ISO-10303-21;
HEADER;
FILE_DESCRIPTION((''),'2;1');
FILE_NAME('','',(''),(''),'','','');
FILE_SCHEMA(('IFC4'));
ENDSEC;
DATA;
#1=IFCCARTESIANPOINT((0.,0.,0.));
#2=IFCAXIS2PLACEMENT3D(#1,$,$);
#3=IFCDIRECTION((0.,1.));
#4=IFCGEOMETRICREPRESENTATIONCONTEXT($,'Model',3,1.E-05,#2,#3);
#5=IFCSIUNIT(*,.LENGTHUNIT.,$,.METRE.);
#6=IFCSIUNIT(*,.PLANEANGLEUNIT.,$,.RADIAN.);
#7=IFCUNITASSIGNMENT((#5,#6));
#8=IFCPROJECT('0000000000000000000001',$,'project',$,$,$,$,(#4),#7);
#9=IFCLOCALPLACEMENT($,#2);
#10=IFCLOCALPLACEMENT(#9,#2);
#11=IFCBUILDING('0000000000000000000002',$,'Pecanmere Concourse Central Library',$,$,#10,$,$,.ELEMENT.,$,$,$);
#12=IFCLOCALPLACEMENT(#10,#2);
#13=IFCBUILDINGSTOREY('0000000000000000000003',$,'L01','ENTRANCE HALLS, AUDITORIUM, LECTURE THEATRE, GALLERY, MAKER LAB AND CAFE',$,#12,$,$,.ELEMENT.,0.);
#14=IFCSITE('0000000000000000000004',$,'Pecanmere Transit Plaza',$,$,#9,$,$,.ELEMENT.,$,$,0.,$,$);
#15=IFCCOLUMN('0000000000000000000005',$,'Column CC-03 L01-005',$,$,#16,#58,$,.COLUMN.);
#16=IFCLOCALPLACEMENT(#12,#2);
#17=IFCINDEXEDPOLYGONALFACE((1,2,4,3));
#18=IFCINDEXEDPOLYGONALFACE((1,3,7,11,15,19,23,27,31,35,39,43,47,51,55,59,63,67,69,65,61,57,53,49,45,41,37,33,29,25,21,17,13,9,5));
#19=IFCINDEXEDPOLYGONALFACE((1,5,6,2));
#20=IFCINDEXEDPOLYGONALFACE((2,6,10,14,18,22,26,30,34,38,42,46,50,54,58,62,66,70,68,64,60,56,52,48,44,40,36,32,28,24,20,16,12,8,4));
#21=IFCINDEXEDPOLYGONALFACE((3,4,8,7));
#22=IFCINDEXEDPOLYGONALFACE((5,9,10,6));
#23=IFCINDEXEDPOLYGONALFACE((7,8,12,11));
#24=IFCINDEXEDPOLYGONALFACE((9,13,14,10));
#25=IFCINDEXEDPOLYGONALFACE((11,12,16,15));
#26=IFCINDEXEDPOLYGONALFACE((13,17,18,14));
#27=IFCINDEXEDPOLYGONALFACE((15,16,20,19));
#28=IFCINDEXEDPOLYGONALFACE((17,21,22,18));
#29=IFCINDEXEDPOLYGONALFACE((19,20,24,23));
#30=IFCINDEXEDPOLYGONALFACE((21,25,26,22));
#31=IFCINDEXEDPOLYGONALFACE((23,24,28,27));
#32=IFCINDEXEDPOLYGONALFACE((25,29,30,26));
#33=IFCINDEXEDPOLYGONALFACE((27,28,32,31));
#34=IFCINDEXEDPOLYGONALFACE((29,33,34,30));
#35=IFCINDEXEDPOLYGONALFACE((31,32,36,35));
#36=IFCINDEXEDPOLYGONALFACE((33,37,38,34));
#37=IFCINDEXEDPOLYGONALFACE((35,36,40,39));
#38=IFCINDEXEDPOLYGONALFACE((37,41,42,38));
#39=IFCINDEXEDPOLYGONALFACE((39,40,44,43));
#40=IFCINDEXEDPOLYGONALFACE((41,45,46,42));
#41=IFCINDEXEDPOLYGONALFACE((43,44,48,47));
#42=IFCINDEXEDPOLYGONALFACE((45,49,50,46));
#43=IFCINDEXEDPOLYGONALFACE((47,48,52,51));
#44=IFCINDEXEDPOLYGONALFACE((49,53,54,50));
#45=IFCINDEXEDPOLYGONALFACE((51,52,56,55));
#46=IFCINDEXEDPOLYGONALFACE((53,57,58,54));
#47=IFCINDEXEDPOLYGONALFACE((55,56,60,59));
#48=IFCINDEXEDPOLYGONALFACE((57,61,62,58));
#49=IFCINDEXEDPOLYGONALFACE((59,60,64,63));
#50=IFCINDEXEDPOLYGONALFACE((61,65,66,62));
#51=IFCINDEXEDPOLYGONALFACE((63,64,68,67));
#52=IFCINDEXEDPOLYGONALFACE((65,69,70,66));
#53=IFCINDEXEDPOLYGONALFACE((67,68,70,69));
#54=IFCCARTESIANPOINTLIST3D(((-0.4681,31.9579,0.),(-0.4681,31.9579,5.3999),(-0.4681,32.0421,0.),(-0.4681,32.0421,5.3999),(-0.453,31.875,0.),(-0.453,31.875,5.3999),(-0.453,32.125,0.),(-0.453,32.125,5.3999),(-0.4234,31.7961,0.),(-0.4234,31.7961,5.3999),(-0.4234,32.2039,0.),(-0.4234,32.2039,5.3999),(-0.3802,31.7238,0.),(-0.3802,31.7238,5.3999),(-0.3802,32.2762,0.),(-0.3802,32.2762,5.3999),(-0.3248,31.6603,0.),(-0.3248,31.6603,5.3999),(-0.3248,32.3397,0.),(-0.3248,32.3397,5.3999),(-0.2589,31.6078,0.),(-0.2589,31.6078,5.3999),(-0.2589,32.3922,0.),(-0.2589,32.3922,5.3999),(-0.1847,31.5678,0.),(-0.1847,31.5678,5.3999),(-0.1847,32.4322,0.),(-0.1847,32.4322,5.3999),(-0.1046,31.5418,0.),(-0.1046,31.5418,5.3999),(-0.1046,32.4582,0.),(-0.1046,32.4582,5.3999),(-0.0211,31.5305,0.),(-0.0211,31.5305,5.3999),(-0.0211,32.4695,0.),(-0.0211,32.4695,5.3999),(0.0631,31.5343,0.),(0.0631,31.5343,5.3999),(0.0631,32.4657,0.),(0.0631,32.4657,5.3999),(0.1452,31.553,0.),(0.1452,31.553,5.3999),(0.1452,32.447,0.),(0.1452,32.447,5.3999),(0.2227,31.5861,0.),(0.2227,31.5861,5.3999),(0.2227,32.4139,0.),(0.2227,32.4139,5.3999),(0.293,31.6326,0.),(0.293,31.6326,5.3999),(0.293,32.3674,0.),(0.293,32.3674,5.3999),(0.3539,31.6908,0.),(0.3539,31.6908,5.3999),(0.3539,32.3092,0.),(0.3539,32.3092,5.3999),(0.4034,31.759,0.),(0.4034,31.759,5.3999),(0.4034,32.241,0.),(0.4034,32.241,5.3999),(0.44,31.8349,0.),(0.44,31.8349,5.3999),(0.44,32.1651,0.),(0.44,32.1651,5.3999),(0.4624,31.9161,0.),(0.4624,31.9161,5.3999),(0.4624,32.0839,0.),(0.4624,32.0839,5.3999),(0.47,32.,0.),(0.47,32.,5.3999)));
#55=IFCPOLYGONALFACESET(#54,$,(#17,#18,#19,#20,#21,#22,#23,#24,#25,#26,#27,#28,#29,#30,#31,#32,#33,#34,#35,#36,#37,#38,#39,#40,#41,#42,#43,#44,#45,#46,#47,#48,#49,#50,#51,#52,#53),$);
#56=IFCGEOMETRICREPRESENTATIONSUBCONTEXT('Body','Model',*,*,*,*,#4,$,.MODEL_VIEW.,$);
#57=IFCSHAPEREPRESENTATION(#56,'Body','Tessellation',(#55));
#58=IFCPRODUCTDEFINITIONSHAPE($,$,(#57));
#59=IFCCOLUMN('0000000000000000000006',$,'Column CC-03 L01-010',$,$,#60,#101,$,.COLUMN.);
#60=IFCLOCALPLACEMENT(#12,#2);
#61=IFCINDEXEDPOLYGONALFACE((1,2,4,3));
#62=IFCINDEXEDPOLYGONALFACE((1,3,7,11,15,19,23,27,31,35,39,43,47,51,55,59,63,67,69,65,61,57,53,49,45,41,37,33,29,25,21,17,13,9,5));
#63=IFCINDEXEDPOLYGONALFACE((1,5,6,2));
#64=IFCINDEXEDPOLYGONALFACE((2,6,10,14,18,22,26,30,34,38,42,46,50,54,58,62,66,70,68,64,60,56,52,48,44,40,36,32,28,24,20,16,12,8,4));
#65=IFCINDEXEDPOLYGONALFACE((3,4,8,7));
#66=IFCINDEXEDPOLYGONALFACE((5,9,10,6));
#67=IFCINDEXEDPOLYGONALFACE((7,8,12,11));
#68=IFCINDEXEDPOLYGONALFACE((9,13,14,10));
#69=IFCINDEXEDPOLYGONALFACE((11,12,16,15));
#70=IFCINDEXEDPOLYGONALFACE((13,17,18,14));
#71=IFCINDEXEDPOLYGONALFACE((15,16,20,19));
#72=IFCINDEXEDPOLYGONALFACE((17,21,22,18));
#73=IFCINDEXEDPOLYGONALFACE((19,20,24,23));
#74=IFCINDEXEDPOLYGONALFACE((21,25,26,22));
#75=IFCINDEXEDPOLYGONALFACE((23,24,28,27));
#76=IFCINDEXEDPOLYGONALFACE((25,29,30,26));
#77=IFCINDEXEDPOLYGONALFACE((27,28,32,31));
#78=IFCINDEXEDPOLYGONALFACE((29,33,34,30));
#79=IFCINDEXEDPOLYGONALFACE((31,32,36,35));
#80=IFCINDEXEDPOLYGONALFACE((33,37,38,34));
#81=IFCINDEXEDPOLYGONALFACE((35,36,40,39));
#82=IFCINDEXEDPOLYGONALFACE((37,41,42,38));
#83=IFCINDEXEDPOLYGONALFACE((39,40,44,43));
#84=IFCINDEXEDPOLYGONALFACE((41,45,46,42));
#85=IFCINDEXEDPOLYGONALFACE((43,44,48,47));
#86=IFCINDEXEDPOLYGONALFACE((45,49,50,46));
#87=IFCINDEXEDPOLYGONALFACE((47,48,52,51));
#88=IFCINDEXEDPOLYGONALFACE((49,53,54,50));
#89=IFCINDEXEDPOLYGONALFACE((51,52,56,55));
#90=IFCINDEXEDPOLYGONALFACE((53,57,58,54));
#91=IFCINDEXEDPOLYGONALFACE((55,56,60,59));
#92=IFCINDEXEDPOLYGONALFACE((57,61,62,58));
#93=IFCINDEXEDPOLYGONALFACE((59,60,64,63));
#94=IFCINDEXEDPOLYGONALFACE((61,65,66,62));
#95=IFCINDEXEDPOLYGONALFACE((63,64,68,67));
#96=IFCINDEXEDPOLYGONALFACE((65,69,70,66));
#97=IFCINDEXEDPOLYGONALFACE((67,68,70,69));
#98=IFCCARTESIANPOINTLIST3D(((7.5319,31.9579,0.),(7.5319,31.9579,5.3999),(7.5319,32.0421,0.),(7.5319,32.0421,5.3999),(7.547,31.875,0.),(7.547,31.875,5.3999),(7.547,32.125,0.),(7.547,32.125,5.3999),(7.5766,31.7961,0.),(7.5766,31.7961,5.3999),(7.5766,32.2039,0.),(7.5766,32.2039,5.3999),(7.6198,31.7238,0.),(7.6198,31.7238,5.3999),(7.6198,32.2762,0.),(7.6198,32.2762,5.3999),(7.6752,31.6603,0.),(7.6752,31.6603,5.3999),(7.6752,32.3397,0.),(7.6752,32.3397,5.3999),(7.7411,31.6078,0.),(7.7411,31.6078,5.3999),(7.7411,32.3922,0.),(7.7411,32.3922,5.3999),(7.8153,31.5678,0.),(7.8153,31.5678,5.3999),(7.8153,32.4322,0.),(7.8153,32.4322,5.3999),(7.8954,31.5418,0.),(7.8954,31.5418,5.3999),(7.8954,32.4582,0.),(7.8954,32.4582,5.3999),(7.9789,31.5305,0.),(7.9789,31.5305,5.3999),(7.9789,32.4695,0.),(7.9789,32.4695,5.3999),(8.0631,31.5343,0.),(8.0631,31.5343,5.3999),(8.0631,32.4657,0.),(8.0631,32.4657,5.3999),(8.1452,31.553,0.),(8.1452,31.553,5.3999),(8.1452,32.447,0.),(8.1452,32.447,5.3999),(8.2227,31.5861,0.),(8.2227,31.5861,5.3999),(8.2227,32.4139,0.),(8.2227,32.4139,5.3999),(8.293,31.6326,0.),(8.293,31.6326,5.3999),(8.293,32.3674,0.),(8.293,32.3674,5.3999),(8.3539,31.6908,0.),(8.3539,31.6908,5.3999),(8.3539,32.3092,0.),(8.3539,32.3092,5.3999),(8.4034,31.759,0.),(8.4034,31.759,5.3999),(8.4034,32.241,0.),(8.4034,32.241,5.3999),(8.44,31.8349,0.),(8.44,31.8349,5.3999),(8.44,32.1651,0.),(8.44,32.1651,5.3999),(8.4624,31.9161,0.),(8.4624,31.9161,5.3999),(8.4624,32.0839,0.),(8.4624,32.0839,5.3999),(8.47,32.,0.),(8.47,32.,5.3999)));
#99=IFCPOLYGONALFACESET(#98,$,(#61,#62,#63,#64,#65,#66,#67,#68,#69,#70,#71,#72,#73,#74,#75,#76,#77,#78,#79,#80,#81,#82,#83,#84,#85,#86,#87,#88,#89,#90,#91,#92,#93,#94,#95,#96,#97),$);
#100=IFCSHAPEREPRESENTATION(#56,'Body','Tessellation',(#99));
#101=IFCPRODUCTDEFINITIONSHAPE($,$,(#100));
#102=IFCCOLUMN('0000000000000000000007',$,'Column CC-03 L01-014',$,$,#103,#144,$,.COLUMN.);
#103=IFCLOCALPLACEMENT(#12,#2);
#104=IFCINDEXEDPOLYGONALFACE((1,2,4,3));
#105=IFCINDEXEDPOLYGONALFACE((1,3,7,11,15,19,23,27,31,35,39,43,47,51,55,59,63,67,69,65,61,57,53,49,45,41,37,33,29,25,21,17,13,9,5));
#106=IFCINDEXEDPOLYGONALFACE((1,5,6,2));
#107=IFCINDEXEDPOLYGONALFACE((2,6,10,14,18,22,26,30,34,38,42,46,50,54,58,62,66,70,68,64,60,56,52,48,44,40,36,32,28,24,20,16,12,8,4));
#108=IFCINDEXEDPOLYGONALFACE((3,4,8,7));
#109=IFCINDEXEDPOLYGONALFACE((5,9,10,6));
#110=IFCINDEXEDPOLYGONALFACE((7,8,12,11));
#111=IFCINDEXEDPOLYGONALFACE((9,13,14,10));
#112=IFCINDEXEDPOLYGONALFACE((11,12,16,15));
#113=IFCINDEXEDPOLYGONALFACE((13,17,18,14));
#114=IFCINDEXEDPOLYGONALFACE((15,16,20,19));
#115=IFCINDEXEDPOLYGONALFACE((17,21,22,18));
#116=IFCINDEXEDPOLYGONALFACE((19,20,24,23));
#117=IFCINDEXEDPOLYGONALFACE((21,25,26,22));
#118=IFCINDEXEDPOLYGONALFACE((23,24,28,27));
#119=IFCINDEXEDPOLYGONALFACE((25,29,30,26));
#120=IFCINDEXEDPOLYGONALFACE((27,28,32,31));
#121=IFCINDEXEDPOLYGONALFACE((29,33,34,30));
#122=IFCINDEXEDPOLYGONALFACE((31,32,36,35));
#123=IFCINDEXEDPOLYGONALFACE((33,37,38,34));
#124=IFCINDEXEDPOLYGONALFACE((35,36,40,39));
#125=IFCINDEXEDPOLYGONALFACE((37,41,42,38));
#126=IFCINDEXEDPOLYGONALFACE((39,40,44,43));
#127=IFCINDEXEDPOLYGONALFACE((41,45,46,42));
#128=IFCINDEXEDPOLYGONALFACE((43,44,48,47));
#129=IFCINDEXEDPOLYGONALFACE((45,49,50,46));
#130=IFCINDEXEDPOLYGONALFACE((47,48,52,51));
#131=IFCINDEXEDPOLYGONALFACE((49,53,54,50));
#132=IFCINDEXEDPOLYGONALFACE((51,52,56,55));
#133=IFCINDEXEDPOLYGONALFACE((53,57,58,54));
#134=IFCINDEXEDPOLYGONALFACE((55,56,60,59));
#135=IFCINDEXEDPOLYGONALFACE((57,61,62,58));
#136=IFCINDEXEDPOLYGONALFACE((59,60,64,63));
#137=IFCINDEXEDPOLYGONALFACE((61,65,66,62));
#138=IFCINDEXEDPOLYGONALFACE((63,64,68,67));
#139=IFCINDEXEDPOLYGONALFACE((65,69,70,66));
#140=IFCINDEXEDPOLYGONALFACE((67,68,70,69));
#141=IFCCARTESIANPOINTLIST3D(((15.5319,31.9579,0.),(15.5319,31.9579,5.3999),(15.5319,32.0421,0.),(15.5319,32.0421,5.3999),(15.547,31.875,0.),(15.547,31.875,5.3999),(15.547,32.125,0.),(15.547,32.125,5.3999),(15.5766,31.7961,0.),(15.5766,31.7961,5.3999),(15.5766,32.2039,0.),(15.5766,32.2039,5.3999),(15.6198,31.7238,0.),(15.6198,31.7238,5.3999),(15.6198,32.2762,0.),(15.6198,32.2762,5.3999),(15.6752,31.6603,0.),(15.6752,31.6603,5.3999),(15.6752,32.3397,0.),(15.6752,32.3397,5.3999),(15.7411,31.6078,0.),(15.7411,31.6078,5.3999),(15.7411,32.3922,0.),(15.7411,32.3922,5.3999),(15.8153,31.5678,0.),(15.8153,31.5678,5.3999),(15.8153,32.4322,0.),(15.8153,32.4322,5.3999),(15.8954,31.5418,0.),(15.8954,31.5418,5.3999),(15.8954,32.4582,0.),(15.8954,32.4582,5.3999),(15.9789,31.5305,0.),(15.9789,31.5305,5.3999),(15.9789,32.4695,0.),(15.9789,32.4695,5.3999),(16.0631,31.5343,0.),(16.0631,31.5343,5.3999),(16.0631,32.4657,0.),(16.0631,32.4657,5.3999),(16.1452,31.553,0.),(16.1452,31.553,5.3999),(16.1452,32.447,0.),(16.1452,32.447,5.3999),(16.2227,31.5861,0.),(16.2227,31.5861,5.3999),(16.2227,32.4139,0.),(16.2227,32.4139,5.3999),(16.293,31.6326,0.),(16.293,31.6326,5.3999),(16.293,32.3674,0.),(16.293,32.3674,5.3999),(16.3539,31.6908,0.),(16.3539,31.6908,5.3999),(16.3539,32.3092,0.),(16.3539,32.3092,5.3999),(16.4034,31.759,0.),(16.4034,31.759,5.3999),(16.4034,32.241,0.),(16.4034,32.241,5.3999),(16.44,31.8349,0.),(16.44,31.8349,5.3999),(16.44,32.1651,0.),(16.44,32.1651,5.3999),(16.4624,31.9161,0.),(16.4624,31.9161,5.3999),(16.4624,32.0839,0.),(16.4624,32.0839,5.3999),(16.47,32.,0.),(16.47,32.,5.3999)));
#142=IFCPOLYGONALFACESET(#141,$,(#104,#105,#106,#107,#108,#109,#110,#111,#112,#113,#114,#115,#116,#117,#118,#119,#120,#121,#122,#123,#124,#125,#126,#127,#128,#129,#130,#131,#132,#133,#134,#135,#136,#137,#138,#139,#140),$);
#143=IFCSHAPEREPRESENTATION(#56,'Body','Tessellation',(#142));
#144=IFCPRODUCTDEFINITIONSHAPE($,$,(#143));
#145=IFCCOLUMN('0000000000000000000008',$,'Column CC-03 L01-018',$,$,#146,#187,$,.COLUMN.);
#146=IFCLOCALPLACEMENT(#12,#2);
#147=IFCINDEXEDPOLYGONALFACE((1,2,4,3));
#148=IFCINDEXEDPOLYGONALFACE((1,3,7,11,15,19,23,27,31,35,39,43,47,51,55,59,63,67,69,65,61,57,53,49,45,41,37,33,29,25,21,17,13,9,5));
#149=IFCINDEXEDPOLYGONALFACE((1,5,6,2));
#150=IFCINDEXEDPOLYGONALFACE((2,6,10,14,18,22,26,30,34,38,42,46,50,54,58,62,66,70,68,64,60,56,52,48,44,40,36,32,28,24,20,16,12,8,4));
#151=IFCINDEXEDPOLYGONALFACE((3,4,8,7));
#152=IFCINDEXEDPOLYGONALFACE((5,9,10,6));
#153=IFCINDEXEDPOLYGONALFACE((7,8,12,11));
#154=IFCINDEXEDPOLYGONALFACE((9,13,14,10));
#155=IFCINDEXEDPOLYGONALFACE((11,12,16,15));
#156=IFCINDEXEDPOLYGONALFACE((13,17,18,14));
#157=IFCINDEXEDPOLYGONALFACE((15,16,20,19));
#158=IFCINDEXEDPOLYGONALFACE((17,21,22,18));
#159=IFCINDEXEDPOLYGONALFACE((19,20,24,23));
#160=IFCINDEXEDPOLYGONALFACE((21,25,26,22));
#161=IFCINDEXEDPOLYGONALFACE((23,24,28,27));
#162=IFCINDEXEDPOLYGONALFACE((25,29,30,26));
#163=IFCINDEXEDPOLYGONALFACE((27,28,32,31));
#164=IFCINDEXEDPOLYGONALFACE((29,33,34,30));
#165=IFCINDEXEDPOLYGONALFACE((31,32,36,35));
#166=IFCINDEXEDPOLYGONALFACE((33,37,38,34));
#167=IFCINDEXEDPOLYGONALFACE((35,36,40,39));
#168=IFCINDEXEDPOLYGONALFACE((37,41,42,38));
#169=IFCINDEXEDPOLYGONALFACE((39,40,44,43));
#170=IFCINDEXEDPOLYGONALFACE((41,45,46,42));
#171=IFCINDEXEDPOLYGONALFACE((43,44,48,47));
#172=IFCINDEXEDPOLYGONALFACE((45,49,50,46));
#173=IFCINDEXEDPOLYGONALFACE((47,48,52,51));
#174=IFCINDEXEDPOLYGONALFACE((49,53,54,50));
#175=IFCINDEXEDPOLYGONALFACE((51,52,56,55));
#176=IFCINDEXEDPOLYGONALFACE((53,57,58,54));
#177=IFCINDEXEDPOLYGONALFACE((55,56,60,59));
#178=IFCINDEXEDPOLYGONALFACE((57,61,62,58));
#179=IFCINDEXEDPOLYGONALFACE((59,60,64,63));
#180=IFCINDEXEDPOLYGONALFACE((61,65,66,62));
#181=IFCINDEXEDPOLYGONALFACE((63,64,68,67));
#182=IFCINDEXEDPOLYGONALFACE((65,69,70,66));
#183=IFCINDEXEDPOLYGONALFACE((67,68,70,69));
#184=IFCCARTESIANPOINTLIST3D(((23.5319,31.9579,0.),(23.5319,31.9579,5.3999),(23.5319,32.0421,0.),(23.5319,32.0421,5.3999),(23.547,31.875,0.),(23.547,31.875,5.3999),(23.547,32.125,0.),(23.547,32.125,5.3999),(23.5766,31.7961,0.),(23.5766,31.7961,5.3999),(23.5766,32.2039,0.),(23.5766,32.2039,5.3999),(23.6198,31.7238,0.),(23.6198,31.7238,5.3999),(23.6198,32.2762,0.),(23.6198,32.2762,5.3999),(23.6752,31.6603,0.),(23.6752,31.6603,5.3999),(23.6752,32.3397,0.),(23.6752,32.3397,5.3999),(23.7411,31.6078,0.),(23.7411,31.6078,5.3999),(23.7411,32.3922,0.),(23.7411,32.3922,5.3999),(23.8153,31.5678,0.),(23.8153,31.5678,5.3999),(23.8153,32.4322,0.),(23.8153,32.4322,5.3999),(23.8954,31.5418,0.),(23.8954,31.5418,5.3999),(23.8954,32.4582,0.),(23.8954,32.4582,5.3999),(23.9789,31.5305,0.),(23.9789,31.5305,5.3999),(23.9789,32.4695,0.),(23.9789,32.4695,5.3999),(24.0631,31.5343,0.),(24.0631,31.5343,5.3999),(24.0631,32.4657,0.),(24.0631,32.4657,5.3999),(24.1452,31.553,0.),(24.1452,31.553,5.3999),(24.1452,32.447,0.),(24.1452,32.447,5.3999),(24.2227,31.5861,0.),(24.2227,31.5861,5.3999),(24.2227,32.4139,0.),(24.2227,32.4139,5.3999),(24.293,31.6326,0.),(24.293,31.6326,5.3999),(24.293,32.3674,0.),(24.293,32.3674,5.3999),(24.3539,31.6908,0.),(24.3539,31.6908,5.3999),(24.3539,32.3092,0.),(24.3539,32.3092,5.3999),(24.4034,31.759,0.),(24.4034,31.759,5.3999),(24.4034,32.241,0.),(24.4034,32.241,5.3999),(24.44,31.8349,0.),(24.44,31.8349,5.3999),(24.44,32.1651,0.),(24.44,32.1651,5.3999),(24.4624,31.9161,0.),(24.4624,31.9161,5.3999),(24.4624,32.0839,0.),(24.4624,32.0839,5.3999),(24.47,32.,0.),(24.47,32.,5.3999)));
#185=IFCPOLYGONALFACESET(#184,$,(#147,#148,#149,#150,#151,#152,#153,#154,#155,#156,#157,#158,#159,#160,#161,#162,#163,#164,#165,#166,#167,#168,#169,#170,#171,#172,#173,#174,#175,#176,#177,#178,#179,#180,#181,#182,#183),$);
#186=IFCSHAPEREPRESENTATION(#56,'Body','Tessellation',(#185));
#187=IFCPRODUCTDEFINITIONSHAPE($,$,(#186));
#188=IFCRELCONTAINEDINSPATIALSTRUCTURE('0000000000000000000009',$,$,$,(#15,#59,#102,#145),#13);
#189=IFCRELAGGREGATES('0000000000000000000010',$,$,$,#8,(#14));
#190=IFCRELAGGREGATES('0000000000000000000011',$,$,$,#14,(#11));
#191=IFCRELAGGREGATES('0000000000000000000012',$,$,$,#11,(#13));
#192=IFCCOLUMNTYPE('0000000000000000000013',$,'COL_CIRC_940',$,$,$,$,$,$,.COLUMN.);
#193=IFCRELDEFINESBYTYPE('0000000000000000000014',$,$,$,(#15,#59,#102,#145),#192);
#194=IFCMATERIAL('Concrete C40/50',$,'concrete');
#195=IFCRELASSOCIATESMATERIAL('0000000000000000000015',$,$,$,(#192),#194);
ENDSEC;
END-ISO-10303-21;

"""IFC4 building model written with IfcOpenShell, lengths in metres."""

from ifc_helpers import new_model, si_unit, direction, frame, origin, origin_2d, place, context, subcontext, project, spatial, circle, extrude, material, material_profile, profile_set, type_object, element, save


model = new_model("IFC4")

# Units and contexts
model_context = context("Model", 3, precision=1e-05, world=origin(), true_north=direction((0.0, 1.0)))
body_context = subcontext(model_context, "Body", "Model", "MODEL_VIEW")
ifc_project = project(units=[si_unit("LENGTHUNIT", "METRE"), si_unit("PLANEANGLEUNIT", "RADIAN")], contexts=[model_context])

# Site, building, storey
site_placement = place(None, origin())
site = spatial("IfcSite", under=ifc_project, at=site_placement, Name="Pecanmere Transit Plaza", CompositionType="ELEMENT", RefElevation=0.0)
building_placement = place(site_placement, origin())
building = spatial("IfcBuilding", under=site, at=building_placement, Name="Pecanmere Concourse Central Library", CompositionType="ELEMENT")
storey_placement = place(building_placement, origin())
storey = spatial("IfcBuildingStorey", under=building, at=storey_placement, Name="L01", Description="ENTRANCE HALLS, AUDITORIUM, LECTURE THEATRE, GALLERY, MAKER LAB AND CAFE", CompositionType="ELEMENT", Elevation=0.0)

# Columns
ifc_material_1 = material(Name="Concrete C40/50", Category="concrete")
ifc_material_profile_1 = material_profile(ifc_material_1, circle(Radius=0.47, at=origin_2d()), Name="RC D940")
ifc_profile_set_1 = profile_set([ifc_material_profile_1], Name="Concrete C40/50")
column_type_1 = type_object("IfcColumnType", Name="COL_CIRC_940", PredefinedType="COLUMN", material=ifc_profile_set_1)
for number, where, z_axis, x_axis, name in (
    (1, (0.0, 32.0, 0.0), (0.0, 0.0, 1.0), (1.0, 0.0, 0.0), "Column CC-03 L01-005"),
    (2, (8.0, 32.0, 0.0), (0.0, 0.0, 1.0), (1.0, 0.0, 0.0), "Column CC-03 L01-010"),
    (3, (16.0, 32.0, 0.0), (0.0, 0.0, 1.0), (1.0, 0.0, 0.0), "Column CC-03 L01-014"),
    (4, (24.0, 32.0, 0.0), (0.0, 0.0, 1.0), (1.0, 0.0, 0.0), "Column CC-03 L01-018"),
):
    element("IfcColumn", number, at=place(storey_placement, frame(where, z_axis=z_axis, x_axis=x_axis)), inside=storey, type_object=column_type_1, Name=name, PredefinedType="COLUMN", context=body_context, shape_type="SweptSolid", body=[
        extrude(circle(Radius=0.47, at=origin_2d()), origin(), (0.0, 0.0, 1.0), 5.3999),
    ])

save(model, "model.ifc")
